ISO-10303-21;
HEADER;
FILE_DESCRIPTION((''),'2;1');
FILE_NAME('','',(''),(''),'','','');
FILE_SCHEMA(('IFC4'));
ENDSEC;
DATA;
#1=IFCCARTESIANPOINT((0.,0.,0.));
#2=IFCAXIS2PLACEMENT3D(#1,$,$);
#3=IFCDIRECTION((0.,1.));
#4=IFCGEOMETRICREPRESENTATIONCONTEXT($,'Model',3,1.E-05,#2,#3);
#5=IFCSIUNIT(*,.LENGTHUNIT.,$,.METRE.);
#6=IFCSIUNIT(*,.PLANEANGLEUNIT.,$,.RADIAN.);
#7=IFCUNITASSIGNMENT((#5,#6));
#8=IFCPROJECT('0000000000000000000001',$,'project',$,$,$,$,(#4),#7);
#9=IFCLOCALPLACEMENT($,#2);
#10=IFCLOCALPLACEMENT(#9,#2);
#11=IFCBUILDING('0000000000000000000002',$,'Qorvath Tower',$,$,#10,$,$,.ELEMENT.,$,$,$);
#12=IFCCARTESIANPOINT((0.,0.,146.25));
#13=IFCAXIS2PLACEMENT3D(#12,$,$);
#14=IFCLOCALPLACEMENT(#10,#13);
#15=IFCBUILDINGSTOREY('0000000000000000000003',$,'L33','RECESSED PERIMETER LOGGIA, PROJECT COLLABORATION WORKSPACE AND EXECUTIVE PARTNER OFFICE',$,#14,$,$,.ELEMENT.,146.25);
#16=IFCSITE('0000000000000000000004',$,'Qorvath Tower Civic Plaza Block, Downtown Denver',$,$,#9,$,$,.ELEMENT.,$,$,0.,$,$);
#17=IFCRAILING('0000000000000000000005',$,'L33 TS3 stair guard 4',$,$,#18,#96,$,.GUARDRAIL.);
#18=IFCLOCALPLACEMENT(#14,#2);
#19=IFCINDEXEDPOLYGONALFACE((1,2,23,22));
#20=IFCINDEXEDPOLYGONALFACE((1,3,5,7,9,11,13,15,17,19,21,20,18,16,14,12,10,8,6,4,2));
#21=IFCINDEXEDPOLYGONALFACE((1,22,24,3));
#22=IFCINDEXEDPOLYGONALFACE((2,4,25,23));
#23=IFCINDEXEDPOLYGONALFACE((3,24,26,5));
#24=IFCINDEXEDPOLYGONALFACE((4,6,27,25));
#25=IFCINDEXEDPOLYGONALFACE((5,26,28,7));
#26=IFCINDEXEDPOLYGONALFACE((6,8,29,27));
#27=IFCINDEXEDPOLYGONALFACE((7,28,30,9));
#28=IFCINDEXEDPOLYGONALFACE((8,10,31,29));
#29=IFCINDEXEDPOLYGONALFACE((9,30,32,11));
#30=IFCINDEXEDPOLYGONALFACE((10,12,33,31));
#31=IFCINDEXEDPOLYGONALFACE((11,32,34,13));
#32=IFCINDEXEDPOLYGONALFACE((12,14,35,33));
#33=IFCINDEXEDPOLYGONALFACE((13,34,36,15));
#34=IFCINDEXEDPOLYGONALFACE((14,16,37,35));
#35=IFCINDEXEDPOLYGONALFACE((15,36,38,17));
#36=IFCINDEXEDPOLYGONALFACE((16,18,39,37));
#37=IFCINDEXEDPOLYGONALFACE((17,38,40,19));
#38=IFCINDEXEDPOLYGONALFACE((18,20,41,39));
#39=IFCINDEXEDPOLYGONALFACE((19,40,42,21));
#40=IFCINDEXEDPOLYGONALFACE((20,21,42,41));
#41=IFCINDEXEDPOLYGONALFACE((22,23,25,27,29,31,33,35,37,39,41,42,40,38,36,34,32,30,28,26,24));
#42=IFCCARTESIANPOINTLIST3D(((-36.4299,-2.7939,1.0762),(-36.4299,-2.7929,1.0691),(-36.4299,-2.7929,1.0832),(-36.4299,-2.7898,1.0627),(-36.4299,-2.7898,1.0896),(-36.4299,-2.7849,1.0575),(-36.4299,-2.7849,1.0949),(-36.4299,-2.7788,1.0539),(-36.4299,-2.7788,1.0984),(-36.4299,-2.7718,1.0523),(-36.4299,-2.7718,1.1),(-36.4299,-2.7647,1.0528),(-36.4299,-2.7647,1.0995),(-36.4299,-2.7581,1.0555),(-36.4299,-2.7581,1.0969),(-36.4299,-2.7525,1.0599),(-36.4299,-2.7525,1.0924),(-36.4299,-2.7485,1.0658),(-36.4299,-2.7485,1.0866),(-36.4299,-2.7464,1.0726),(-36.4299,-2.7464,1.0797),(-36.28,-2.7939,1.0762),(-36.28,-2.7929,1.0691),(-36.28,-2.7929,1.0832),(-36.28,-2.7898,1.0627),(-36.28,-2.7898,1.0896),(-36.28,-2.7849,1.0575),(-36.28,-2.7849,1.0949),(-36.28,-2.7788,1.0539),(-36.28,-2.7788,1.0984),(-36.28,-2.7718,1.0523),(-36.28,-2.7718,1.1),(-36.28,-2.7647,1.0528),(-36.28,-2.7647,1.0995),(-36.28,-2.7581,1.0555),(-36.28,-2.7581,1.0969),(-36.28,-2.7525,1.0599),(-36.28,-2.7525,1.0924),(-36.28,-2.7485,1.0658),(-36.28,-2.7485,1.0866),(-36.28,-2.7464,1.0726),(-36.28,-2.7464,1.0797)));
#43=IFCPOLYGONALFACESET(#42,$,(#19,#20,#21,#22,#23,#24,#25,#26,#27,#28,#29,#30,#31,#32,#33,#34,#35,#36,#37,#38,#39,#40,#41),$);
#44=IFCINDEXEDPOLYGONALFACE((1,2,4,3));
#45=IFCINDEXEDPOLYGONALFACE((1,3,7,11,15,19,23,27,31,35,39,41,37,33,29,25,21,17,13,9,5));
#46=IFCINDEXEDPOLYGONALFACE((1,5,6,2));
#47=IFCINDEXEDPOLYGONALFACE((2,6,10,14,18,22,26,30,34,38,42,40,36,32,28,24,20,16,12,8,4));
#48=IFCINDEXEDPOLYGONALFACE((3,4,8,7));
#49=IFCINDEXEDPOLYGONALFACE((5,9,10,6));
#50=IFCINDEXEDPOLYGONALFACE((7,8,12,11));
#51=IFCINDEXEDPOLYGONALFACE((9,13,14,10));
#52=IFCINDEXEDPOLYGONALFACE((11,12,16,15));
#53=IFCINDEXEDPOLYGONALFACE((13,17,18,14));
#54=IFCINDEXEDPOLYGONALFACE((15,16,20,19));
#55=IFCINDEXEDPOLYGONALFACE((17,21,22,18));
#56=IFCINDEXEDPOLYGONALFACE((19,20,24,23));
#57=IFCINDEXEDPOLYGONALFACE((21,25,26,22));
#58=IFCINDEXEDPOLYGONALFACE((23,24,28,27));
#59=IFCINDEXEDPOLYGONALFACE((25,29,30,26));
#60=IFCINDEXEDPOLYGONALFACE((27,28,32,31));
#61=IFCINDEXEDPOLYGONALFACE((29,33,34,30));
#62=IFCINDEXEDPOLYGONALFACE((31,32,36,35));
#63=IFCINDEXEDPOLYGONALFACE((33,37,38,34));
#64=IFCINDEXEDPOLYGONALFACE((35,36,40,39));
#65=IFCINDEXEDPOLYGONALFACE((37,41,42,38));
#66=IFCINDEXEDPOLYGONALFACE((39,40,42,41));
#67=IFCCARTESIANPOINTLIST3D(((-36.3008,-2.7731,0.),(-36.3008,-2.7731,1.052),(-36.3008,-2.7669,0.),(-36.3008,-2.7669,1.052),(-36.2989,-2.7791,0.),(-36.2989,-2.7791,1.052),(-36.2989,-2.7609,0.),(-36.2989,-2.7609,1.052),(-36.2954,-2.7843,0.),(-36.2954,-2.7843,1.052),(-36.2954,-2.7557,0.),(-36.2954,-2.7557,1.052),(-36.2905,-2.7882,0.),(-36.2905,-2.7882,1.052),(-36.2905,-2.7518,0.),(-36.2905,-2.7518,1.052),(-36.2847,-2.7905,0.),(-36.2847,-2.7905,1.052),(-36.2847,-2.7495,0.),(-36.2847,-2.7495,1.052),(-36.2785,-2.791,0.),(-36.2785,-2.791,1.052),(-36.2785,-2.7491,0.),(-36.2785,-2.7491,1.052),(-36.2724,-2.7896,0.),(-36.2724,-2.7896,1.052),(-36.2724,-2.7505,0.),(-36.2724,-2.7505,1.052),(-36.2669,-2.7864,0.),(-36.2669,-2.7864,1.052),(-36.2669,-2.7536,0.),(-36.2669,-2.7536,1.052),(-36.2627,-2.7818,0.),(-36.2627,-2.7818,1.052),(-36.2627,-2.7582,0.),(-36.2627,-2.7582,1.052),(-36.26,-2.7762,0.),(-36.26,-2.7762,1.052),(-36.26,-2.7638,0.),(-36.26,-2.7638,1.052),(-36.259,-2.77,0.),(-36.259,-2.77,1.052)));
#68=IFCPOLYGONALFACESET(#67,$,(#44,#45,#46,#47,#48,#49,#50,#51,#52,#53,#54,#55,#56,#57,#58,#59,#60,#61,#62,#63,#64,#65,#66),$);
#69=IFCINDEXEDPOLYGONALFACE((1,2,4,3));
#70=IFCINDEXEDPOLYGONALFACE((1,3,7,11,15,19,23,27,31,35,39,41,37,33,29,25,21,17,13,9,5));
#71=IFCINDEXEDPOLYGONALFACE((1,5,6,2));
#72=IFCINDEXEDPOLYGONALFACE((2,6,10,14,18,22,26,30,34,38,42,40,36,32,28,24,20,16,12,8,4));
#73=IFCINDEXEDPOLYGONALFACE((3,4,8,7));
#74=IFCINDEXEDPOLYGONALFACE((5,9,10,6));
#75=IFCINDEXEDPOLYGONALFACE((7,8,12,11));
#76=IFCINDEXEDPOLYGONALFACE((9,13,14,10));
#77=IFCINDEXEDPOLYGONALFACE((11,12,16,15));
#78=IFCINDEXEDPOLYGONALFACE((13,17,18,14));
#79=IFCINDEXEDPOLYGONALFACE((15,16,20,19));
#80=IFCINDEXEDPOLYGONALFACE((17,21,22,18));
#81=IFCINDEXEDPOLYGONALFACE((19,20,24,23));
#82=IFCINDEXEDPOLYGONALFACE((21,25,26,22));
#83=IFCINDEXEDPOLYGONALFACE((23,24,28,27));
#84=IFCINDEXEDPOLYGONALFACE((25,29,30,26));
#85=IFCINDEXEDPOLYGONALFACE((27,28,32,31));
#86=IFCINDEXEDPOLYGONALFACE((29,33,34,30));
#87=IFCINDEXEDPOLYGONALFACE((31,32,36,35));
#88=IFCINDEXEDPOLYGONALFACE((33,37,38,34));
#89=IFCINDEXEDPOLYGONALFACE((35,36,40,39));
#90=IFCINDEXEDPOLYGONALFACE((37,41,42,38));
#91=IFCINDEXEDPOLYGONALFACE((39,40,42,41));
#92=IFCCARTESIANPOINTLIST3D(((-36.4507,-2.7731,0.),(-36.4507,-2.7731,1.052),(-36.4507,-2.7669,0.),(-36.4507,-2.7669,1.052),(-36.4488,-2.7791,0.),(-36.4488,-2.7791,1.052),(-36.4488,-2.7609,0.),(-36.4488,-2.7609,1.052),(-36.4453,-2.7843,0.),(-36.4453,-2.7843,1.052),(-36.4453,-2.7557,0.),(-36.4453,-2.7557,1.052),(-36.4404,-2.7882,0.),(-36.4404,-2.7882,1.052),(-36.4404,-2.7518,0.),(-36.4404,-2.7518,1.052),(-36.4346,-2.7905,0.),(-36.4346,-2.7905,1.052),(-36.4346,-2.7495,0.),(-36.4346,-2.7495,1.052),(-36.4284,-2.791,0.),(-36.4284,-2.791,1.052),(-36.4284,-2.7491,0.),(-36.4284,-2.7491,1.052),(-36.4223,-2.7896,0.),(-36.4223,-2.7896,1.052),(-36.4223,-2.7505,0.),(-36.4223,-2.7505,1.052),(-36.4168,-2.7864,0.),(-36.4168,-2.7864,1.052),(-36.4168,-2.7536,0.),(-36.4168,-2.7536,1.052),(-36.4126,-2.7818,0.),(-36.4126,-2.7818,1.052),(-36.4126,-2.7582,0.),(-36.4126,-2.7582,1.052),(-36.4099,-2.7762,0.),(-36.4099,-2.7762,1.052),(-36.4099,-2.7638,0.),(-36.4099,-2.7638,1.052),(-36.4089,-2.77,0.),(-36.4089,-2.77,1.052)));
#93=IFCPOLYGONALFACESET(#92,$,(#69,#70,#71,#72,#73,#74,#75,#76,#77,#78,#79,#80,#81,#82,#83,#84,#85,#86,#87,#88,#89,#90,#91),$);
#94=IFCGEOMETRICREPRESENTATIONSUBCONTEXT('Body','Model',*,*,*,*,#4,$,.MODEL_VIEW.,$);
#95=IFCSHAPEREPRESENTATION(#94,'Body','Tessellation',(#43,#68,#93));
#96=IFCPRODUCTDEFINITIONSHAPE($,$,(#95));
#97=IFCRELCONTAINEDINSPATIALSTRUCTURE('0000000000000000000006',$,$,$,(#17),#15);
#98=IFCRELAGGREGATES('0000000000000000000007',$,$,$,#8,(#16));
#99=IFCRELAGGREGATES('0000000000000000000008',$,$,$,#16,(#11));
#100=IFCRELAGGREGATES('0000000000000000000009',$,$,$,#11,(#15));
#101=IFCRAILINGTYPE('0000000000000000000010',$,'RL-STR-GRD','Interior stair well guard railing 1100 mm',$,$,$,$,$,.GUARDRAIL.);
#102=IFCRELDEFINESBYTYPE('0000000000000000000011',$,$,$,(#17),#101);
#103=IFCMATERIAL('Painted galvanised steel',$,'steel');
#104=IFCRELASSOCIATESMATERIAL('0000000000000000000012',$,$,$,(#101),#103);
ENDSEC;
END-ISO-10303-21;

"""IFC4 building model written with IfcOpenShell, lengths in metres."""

from ifc_helpers import new_model, si_unit, direction, frame, origin, origin_2d, place, context, subcontext, project, spatial, circle, extrude, material, type_object, element, save


model = new_model("IFC4")

# Units and contexts
model_context = context("Model", 3, precision=1e-05, world=origin(), true_north=direction((0.0, 1.0)))
body_context = subcontext(model_context, "Body", "Model", "MODEL_VIEW")
ifc_project = project(units=[si_unit("LENGTHUNIT", "METRE"), si_unit("PLANEANGLEUNIT", "RADIAN")], contexts=[model_context])

# Site, building, storey
site_placement = place(None, origin())
site = spatial("IfcSite", under=ifc_project, at=site_placement, Name="Qorvath Tower Civic Plaza Block, Downtown Denver", CompositionType="ELEMENT", RefElevation=0.0)
building_placement = place(site_placement, origin())
building = spatial("IfcBuilding", under=site, at=building_placement, Name="Qorvath Tower", CompositionType="ELEMENT")
storey_placement = place(building_placement, frame((0.0, 0.0, 146.25)))
storey = spatial("IfcBuildingStorey", under=building, at=storey_placement, Name="L33", Description="RECESSED PERIMETER LOGGIA, PROJECT COLLABORATION WORKSPACE AND EXECUTIVE PARTNER OFFICE", CompositionType="ELEMENT", Elevation=146.25)

# Railing
ifc_material_1 = material(Name="Painted galvanised steel", Category="steel")
railing_type_1 = type_object("IfcRailingType", Name="RL-STR-GRD", Description="Interior stair well guard railing 1100 mm", PredefinedType="GUARDRAIL", material=ifc_material_1)
railing_1_placement = place(storey_placement, frame((-36.28, -2.77, 0.0)))
element("IfcRailing", 1, at=railing_1_placement, inside=storey, type_object=railing_type_1, Name="L33 TS3 stair guard 4", PredefinedType="GUARDRAIL", context=body_context, shape_type="SweptSolid", body=[
    extrude(circle(Radius=0.0239, at=origin_2d()), frame((0.0, 0.0, 1.0762), z_axis=(-1.0, 0.0, 0.0), x_axis=(0.0, -1.0, 0.0)), (0.0, 0.0, 1.0), 0.1499),
    extrude(circle(Radius=0.021, at=origin_2d()), origin(), (0.0, 0.0, 1.0), 1.052),
    extrude(circle(Radius=0.021, at=origin_2d()), frame((-0.1499, 0.0, 0.0)), (0.0, 0.0, 1.0), 1.052),
])

save(model, "model.ifc")
